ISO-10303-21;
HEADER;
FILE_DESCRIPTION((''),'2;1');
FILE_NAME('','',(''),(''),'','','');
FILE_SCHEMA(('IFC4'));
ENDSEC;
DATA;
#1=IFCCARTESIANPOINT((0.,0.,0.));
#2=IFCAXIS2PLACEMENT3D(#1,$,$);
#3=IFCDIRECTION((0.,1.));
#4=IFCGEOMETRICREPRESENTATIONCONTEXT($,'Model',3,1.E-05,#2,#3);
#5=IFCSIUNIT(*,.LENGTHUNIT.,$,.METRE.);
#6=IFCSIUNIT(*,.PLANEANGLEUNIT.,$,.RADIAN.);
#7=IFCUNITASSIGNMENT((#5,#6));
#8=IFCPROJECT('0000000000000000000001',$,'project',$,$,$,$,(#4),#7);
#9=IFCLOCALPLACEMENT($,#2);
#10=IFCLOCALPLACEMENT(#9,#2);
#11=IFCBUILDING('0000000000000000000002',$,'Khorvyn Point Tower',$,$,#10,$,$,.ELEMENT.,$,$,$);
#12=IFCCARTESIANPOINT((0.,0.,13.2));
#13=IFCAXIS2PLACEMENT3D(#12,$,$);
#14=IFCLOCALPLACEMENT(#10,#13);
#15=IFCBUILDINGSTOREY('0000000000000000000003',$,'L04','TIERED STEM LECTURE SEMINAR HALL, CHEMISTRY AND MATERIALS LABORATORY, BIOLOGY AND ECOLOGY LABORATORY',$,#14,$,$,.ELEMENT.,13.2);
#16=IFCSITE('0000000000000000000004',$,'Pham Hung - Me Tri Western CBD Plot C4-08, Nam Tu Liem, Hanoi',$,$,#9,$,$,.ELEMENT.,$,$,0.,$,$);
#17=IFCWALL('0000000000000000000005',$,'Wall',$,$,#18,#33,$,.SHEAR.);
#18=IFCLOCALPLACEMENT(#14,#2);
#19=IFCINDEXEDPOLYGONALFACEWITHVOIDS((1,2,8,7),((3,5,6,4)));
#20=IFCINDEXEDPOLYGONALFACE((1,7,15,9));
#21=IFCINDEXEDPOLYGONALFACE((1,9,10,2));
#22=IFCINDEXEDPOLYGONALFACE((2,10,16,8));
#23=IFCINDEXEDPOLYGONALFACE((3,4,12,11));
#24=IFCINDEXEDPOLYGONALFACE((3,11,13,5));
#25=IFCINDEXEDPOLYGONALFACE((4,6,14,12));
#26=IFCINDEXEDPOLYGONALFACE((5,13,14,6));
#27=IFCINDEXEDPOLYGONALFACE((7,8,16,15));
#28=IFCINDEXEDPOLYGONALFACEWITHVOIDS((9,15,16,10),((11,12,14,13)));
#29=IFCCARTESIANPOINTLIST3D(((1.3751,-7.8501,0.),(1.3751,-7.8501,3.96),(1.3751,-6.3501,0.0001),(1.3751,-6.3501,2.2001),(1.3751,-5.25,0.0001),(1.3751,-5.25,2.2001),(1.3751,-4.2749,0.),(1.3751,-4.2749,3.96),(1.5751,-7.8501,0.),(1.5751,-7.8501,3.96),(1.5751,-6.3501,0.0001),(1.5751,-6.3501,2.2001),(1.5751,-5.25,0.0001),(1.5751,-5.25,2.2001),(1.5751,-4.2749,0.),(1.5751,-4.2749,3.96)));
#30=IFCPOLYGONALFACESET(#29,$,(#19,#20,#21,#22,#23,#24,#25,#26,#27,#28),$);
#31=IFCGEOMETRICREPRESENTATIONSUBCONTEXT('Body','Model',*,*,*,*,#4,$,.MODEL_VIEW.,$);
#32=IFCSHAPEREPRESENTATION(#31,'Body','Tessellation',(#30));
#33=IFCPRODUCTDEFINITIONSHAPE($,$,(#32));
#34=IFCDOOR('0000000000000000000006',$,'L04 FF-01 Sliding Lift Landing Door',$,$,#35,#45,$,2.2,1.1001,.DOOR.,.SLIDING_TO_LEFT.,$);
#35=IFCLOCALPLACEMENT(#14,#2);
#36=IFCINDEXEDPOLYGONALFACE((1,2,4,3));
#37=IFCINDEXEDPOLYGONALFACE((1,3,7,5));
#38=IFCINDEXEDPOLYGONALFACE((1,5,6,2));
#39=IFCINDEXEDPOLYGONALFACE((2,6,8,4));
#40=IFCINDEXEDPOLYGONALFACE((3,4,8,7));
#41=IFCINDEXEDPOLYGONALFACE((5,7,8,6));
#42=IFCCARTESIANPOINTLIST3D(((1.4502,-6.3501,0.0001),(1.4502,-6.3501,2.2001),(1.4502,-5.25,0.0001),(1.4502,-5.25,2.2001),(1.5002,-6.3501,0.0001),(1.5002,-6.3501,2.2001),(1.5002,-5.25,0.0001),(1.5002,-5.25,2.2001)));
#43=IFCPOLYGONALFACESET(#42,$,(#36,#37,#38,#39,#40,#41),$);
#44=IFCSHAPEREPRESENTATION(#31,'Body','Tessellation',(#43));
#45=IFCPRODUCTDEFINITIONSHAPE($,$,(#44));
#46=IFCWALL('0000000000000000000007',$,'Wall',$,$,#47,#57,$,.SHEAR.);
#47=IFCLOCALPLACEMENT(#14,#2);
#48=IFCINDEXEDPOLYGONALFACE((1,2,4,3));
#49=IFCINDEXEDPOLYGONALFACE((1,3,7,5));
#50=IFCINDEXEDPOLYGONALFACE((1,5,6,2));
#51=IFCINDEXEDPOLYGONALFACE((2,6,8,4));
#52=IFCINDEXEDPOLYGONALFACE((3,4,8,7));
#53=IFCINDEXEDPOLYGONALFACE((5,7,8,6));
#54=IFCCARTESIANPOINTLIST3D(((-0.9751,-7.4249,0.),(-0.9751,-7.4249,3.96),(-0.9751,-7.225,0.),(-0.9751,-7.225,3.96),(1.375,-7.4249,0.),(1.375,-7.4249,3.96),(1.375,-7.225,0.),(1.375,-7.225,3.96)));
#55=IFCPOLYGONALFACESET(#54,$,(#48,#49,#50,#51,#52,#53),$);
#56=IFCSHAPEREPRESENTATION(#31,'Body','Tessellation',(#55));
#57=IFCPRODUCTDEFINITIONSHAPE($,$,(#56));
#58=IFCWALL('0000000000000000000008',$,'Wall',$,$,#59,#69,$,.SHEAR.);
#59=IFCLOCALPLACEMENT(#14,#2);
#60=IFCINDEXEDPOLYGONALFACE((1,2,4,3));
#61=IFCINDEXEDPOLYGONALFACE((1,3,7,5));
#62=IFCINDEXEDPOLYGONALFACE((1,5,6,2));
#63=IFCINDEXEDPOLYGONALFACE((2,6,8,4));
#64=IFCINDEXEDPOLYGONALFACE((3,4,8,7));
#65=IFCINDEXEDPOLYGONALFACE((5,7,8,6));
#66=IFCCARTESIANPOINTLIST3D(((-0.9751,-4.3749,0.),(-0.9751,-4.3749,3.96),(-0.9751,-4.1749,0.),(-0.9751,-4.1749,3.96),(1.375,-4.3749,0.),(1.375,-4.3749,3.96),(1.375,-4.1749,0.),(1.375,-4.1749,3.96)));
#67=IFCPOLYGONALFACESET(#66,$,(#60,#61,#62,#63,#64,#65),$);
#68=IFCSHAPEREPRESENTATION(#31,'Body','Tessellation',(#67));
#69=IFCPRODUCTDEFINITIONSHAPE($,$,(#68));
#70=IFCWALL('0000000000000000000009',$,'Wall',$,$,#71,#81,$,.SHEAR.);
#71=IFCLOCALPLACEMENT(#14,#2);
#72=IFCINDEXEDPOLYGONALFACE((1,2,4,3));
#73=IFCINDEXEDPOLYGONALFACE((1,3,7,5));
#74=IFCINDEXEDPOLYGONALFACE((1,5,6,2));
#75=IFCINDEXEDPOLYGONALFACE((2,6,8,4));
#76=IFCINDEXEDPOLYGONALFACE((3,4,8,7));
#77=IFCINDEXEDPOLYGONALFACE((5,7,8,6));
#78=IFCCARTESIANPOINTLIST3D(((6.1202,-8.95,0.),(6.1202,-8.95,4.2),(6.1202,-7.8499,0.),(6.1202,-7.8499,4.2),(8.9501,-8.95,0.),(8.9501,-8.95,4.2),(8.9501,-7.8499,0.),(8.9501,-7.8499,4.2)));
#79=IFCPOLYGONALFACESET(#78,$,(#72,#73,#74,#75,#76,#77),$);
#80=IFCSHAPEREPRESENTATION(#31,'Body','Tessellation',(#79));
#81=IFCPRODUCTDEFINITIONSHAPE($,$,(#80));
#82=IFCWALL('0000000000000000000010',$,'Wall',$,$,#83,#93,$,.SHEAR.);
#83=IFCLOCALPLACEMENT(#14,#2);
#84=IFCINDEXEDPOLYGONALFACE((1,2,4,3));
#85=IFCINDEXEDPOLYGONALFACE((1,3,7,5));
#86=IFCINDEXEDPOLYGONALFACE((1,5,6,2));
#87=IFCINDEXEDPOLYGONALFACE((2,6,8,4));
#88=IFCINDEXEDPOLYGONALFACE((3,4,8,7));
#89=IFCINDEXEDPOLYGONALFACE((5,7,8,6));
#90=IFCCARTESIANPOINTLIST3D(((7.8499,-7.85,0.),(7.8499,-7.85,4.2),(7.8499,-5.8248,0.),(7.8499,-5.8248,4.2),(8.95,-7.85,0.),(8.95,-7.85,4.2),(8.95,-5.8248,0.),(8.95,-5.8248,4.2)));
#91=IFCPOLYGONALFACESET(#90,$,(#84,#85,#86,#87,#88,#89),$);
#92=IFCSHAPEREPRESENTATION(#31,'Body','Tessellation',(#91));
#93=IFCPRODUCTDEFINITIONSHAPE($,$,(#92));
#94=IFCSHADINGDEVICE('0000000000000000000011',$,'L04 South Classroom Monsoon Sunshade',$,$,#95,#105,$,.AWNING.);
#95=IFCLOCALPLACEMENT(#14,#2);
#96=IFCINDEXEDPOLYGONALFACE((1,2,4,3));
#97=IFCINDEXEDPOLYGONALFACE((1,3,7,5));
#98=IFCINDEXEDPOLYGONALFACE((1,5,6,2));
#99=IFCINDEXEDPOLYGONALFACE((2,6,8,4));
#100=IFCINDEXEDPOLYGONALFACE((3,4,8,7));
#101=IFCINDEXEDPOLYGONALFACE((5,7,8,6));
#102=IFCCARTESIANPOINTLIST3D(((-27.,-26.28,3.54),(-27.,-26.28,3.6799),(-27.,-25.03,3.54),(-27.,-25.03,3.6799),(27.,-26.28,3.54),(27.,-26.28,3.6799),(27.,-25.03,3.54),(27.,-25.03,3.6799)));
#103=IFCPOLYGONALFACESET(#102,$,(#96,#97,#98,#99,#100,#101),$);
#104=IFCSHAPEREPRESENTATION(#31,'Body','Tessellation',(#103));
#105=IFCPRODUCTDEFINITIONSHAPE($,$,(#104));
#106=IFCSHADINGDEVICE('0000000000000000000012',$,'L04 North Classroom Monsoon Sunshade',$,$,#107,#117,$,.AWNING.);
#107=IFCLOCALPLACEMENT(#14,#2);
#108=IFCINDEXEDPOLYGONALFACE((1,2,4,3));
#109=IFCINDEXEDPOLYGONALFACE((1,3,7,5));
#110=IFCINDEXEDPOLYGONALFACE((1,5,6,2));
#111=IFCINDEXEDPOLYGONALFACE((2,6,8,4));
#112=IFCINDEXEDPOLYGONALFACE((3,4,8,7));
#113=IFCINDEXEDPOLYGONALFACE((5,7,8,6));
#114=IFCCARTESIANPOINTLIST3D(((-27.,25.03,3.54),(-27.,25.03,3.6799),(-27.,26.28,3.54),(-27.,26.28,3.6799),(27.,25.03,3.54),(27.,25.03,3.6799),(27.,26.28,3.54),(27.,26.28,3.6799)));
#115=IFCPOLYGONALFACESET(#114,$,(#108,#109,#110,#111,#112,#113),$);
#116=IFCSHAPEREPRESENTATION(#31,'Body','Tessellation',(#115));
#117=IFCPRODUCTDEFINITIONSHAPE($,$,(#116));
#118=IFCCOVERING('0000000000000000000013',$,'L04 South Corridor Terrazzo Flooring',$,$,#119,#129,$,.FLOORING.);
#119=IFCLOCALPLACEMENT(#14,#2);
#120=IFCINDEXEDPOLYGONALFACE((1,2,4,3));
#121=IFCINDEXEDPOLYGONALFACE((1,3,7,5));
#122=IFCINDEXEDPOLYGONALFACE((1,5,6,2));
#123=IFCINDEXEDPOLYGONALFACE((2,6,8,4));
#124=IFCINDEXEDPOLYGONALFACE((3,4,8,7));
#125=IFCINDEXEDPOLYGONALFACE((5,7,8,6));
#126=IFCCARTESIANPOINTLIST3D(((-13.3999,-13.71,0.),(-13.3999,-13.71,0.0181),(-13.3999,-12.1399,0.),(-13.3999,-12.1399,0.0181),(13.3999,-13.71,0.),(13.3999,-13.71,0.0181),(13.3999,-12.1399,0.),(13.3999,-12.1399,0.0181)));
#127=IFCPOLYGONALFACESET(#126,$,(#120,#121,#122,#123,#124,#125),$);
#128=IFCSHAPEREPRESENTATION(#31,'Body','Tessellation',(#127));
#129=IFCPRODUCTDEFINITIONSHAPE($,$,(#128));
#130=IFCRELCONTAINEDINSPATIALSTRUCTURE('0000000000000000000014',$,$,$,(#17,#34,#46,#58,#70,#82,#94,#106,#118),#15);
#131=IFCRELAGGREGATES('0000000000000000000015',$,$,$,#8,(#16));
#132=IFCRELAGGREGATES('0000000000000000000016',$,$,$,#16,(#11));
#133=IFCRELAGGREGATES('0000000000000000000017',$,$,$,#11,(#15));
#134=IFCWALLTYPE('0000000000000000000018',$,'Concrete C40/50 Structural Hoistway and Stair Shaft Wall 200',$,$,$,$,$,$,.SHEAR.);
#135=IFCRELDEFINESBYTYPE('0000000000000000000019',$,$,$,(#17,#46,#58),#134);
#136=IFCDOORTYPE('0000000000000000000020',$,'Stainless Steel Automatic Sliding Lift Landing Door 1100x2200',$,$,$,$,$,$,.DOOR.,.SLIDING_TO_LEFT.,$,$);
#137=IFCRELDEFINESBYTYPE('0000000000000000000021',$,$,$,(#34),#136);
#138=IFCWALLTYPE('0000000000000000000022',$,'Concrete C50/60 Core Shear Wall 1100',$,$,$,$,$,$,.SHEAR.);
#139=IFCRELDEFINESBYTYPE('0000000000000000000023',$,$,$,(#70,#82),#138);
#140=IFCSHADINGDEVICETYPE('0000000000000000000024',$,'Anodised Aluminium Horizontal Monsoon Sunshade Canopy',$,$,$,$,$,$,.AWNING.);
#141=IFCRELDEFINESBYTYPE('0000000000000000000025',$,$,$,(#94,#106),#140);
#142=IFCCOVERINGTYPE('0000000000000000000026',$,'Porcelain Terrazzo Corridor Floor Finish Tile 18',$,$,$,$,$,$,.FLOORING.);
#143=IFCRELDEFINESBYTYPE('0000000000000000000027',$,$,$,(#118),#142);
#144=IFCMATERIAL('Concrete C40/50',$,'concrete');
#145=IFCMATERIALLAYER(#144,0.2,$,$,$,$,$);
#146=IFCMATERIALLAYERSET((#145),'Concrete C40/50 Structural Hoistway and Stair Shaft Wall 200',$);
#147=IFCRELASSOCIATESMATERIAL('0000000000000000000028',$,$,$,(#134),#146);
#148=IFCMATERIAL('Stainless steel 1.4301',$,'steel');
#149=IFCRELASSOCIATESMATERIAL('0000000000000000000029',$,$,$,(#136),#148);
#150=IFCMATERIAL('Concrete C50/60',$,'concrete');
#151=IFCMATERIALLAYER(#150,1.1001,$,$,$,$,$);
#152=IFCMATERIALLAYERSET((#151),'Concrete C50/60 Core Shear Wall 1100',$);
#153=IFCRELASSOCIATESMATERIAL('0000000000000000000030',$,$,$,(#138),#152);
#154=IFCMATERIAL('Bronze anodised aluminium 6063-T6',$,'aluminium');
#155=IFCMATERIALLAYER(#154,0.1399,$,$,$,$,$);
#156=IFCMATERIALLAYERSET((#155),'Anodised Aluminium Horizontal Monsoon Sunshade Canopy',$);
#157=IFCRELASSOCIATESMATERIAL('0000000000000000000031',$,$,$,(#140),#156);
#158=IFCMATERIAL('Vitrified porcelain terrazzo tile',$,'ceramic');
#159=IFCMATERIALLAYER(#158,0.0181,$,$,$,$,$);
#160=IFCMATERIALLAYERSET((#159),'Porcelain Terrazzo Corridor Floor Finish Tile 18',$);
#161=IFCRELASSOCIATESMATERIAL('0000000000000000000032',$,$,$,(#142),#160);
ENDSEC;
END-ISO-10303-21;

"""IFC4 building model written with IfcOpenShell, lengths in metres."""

from ifc_helpers import new_model, si_unit, direction, frame, frame_2d, origin, place, context, subcontext, project, spatial, polyline, rectangle, outline, extrude, material, layer, layer_set, type_object, element, fill, save


model = new_model("IFC4")

# Units and contexts
model_context = context("Model", 3, precision=1e-05, world=origin(), true_north=direction((0.0, 1.0)))
body_context = subcontext(model_context, "Body", "Model", "MODEL_VIEW")
ifc_project = project(units=[si_unit("LENGTHUNIT", "METRE"), si_unit("PLANEANGLEUNIT", "RADIAN")], contexts=[model_context])

# Site, building, storey
site_placement = place(None, origin())
site = spatial("IfcSite", under=ifc_project, at=site_placement, Name="Pham Hung - Me Tri Western CBD Plot C4-08, Nam Tu Liem, Hanoi", CompositionType="ELEMENT", RefElevation=0.0)
building_placement = place(site_placement, origin())
building = spatial("IfcBuilding", under=site, at=building_placement, Name="Khorvyn Point Tower", CompositionType="ELEMENT")
storey_placement = place(building_placement, frame((0.0, 0.0, 13.2)))
storey = spatial("IfcBuildingStorey", under=building, at=storey_placement, Name="L04", Description="TIERED STEM LECTURE SEMINAR HALL, CHEMISTRY AND MATERIALS LABORATORY, BIOLOGY AND ECOLOGY LABORATORY", CompositionType="ELEMENT", Elevation=13.2)

# Shared definitions
ifc_material_1 = material(Name="Concrete C40/50", Category="concrete")

# Shared definitions
ifc_material_2 = material(Name="Concrete C50/60", Category="concrete")

# Shared definitions
ifc_layer_1 = layer(ifc_material_1, 0.2)
ifc_layer_set_1 = layer_set([ifc_layer_1], Name="Concrete C40/50 Structural Hoistway and Stair Shaft Wall 200")
wall_type_1 = type_object("IfcWallType", Name="Concrete C40/50 Structural Hoistway and Stair Shaft Wall 200", PredefinedType="SHEAR", material=ifc_layer_set_1)

# Wall, opening, door
wall_1_placement = place(storey_placement, frame((1.4751, -7.8501, 0.0), z_axis=(0.0, 0.0, 1.0), x_axis=(0.0, 1.0, 0.0)))
wall_1 = element("IfcWall", 1, at=wall_1_placement, inside=storey, type_object=wall_type_1, Name="Wall", PredefinedType="SHEAR", context=body_context, shape_type="SweptSolid", body=[
    extrude(rectangle(XDim=3.5752, YDim=0.2, at=frame_2d((1.7876, 0.0))), origin(), (0.0, 0.0, 1.0), 3.96),
])
opening_1_placement = place(wall_1_placement, frame((1.5, 0.0, 0.0)))
opening_1 = element("IfcOpeningElement", 2, at=opening_1_placement, cuts=wall_1, PredefinedType="OPENING", context=body_context, shape_type="SweptSolid", body=[
    extrude(rectangle(XDim=1.1001, YDim=2.2, at=frame_2d((0.55, 1.1001))), frame((0.0, 0.1099, 0.0), z_axis=(0.0, -1.0, 0.0), x_axis=(1.0, 0.0, 0.0)), (0.0, 0.0, 1.0), 0.22),
])
ifc_material_3 = material(Name="Stainless steel 1.4301", Category="steel")
door_type_1 = type_object("IfcDoorType", Name="Stainless Steel Automatic Sliding Lift Landing Door 1100x2200", OperationType="SLIDING_TO_LEFT", PredefinedType="DOOR", material=ifc_material_3)
door_1_placement = place(opening_1_placement, origin())
door_1 = element("IfcDoor", 3, at=door_1_placement, inside=storey, type_object=door_type_1, Name="L04 FF-01 Sliding Lift Landing Door", OperationType="SLIDING_TO_LEFT", OverallHeight=2.2, OverallWidth=1.1001, PredefinedType="DOOR", context=body_context, shape_type="SweptSolid", body=[
    extrude(rectangle(XDim=1.1001, YDim=2.2, at=frame_2d((0.55, 1.1001))), frame((0.0, 0.0249, 0.0), z_axis=(0.0, -1.0, 0.0), x_axis=(1.0, 0.0, 0.0)), (0.0, 0.0, 1.0), 0.05),
])
fill(opening_1, door_1)

# Walls
for number, where, z_axis, x_axis, name in (
    (4, (-0.9751, -7.325, 0.0), (0.0, 0.0, 1.0), (1.0, 0.0, 0.0), "Wall"),
    (5, (-0.9751, -4.2749, 0.0), (0.0, 0.0, 1.0), (1.0, 0.0, 0.0), "Wall"),
):
    element("IfcWall", number, at=place(storey_placement, frame(where, z_axis=z_axis, x_axis=x_axis)), inside=storey, type_object=wall_type_1, Name=name, PredefinedType="SHEAR", context=body_context, shape_type="SweptSolid", body=[
        extrude(rectangle(XDim=2.3501, YDim=0.2, at=frame_2d((1.175, 0.0))), origin(), (0.0, 0.0, 1.0), 3.96),
    ])
ifc_layer_2 = layer(ifc_material_2, 1.1001)
ifc_layer_set_2 = layer_set([ifc_layer_2], Name="Concrete C50/60 Core Shear Wall 1100")
wall_type_2 = type_object("IfcWallType", Name="Concrete C50/60 Core Shear Wall 1100", PredefinedType="SHEAR", material=ifc_layer_set_2)
wall_2_placement = place(storey_placement, frame((6.1201, -8.3999, 0.0), z_axis=(0.0, 0.0, 1.0), x_axis=(1.0, 0.0, 0.0)))
element("IfcWall", 6, at=wall_2_placement, inside=storey, type_object=wall_type_2, Name="Wall", PredefinedType="SHEAR", context=body_context, shape_type="SweptSolid", body=[
    extrude(rectangle(XDim=2.8298, YDim=1.1001, at=frame_2d((1.415, 0.0))), origin(), (0.0, 0.0, 1.0), 4.2),
])
wall_3_placement = place(storey_placement, frame((8.3999, -7.8501, 0.0), z_axis=(0.0, 0.0, 1.0), x_axis=(0.0, 1.0, 0.0)))
element("IfcWall", 7, at=wall_3_placement, inside=storey, type_object=wall_type_2, Name="Wall", PredefinedType="SHEAR", context=body_context, shape_type="SweptSolid", body=[
    extrude(rectangle(XDim=2.0251, YDim=1.1001, at=frame_2d((1.0127, 0.0))), origin(), (0.0, 0.0, 1.0), 4.2),
])

# Shading devices
ifc_material_4 = material(Name="Bronze anodised aluminium 6063-T6", Category="aluminium")
ifc_layer_3 = layer(ifc_material_4, 0.1399)
ifc_layer_set_3 = layer_set([ifc_layer_3], Name="Anodised Aluminium Horizontal Monsoon Sunshade Canopy")
shading_device_type = type_object("IfcShadingDeviceType", Name="Anodised Aluminium Horizontal Monsoon Sunshade Canopy", PredefinedType="AWNING", material=ifc_layer_set_3)
shading_device_1_placement = place(storey_placement, frame((0.0, 0.0, 3.54)))
element("IfcShadingDevice", 8, at=shading_device_1_placement, inside=storey, type_object=shading_device_type, Name="L04 South Classroom Monsoon Sunshade", PredefinedType="AWNING", context=body_context, shape_type="SweptSolid", body=[
    extrude(outline(polyline([(-27.0, -26.28), (27.0, -26.28), (27.0, -25.03), (-27.0, -25.03), (-27.0, -26.28)])), origin(), (0.0, 0.0, 1.0), 0.1399),
])
shading_device_2_placement = place(storey_placement, frame((0.0, 0.0, 3.54)))
element("IfcShadingDevice", 9, at=shading_device_2_placement, inside=storey, type_object=shading_device_type, Name="L04 North Classroom Monsoon Sunshade", PredefinedType="AWNING", context=body_context, shape_type="SweptSolid", body=[
    extrude(outline(polyline([(-27.0, 25.03), (27.0, 25.03), (27.0, 26.28), (-27.0, 26.28), (-27.0, 25.03)])), origin(), (0.0, 0.0, 1.0), 0.1399),
])

# Covering
ifc_material_5 = material(Name="Vitrified porcelain terrazzo tile", Category="ceramic")
ifc_layer_4 = layer(ifc_material_5, 0.0181)
ifc_layer_set_4 = layer_set([ifc_layer_4], Name="Porcelain Terrazzo Corridor Floor Finish Tile 18")
covering_type = type_object("IfcCoveringType", Name="Porcelain Terrazzo Corridor Floor Finish Tile 18", PredefinedType="FLOORING", material=ifc_layer_set_4)
covering_placement = place(storey_placement, origin())
element("IfcCovering", 10, at=covering_placement, inside=storey, type_object=covering_type, Name="L04 South Corridor Terrazzo Flooring", PredefinedType="FLOORING", context=body_context, shape_type="SweptSolid", body=[
    extrude(outline(polyline([(-13.3999, -13.71), (13.3999, -13.71), (13.3999, -12.1399), (-13.3999, -12.1399), (-13.3999, -13.71)])), origin(), (0.0, 0.0, 1.0), 0.0181),
])

save(model, "model.ifc")
